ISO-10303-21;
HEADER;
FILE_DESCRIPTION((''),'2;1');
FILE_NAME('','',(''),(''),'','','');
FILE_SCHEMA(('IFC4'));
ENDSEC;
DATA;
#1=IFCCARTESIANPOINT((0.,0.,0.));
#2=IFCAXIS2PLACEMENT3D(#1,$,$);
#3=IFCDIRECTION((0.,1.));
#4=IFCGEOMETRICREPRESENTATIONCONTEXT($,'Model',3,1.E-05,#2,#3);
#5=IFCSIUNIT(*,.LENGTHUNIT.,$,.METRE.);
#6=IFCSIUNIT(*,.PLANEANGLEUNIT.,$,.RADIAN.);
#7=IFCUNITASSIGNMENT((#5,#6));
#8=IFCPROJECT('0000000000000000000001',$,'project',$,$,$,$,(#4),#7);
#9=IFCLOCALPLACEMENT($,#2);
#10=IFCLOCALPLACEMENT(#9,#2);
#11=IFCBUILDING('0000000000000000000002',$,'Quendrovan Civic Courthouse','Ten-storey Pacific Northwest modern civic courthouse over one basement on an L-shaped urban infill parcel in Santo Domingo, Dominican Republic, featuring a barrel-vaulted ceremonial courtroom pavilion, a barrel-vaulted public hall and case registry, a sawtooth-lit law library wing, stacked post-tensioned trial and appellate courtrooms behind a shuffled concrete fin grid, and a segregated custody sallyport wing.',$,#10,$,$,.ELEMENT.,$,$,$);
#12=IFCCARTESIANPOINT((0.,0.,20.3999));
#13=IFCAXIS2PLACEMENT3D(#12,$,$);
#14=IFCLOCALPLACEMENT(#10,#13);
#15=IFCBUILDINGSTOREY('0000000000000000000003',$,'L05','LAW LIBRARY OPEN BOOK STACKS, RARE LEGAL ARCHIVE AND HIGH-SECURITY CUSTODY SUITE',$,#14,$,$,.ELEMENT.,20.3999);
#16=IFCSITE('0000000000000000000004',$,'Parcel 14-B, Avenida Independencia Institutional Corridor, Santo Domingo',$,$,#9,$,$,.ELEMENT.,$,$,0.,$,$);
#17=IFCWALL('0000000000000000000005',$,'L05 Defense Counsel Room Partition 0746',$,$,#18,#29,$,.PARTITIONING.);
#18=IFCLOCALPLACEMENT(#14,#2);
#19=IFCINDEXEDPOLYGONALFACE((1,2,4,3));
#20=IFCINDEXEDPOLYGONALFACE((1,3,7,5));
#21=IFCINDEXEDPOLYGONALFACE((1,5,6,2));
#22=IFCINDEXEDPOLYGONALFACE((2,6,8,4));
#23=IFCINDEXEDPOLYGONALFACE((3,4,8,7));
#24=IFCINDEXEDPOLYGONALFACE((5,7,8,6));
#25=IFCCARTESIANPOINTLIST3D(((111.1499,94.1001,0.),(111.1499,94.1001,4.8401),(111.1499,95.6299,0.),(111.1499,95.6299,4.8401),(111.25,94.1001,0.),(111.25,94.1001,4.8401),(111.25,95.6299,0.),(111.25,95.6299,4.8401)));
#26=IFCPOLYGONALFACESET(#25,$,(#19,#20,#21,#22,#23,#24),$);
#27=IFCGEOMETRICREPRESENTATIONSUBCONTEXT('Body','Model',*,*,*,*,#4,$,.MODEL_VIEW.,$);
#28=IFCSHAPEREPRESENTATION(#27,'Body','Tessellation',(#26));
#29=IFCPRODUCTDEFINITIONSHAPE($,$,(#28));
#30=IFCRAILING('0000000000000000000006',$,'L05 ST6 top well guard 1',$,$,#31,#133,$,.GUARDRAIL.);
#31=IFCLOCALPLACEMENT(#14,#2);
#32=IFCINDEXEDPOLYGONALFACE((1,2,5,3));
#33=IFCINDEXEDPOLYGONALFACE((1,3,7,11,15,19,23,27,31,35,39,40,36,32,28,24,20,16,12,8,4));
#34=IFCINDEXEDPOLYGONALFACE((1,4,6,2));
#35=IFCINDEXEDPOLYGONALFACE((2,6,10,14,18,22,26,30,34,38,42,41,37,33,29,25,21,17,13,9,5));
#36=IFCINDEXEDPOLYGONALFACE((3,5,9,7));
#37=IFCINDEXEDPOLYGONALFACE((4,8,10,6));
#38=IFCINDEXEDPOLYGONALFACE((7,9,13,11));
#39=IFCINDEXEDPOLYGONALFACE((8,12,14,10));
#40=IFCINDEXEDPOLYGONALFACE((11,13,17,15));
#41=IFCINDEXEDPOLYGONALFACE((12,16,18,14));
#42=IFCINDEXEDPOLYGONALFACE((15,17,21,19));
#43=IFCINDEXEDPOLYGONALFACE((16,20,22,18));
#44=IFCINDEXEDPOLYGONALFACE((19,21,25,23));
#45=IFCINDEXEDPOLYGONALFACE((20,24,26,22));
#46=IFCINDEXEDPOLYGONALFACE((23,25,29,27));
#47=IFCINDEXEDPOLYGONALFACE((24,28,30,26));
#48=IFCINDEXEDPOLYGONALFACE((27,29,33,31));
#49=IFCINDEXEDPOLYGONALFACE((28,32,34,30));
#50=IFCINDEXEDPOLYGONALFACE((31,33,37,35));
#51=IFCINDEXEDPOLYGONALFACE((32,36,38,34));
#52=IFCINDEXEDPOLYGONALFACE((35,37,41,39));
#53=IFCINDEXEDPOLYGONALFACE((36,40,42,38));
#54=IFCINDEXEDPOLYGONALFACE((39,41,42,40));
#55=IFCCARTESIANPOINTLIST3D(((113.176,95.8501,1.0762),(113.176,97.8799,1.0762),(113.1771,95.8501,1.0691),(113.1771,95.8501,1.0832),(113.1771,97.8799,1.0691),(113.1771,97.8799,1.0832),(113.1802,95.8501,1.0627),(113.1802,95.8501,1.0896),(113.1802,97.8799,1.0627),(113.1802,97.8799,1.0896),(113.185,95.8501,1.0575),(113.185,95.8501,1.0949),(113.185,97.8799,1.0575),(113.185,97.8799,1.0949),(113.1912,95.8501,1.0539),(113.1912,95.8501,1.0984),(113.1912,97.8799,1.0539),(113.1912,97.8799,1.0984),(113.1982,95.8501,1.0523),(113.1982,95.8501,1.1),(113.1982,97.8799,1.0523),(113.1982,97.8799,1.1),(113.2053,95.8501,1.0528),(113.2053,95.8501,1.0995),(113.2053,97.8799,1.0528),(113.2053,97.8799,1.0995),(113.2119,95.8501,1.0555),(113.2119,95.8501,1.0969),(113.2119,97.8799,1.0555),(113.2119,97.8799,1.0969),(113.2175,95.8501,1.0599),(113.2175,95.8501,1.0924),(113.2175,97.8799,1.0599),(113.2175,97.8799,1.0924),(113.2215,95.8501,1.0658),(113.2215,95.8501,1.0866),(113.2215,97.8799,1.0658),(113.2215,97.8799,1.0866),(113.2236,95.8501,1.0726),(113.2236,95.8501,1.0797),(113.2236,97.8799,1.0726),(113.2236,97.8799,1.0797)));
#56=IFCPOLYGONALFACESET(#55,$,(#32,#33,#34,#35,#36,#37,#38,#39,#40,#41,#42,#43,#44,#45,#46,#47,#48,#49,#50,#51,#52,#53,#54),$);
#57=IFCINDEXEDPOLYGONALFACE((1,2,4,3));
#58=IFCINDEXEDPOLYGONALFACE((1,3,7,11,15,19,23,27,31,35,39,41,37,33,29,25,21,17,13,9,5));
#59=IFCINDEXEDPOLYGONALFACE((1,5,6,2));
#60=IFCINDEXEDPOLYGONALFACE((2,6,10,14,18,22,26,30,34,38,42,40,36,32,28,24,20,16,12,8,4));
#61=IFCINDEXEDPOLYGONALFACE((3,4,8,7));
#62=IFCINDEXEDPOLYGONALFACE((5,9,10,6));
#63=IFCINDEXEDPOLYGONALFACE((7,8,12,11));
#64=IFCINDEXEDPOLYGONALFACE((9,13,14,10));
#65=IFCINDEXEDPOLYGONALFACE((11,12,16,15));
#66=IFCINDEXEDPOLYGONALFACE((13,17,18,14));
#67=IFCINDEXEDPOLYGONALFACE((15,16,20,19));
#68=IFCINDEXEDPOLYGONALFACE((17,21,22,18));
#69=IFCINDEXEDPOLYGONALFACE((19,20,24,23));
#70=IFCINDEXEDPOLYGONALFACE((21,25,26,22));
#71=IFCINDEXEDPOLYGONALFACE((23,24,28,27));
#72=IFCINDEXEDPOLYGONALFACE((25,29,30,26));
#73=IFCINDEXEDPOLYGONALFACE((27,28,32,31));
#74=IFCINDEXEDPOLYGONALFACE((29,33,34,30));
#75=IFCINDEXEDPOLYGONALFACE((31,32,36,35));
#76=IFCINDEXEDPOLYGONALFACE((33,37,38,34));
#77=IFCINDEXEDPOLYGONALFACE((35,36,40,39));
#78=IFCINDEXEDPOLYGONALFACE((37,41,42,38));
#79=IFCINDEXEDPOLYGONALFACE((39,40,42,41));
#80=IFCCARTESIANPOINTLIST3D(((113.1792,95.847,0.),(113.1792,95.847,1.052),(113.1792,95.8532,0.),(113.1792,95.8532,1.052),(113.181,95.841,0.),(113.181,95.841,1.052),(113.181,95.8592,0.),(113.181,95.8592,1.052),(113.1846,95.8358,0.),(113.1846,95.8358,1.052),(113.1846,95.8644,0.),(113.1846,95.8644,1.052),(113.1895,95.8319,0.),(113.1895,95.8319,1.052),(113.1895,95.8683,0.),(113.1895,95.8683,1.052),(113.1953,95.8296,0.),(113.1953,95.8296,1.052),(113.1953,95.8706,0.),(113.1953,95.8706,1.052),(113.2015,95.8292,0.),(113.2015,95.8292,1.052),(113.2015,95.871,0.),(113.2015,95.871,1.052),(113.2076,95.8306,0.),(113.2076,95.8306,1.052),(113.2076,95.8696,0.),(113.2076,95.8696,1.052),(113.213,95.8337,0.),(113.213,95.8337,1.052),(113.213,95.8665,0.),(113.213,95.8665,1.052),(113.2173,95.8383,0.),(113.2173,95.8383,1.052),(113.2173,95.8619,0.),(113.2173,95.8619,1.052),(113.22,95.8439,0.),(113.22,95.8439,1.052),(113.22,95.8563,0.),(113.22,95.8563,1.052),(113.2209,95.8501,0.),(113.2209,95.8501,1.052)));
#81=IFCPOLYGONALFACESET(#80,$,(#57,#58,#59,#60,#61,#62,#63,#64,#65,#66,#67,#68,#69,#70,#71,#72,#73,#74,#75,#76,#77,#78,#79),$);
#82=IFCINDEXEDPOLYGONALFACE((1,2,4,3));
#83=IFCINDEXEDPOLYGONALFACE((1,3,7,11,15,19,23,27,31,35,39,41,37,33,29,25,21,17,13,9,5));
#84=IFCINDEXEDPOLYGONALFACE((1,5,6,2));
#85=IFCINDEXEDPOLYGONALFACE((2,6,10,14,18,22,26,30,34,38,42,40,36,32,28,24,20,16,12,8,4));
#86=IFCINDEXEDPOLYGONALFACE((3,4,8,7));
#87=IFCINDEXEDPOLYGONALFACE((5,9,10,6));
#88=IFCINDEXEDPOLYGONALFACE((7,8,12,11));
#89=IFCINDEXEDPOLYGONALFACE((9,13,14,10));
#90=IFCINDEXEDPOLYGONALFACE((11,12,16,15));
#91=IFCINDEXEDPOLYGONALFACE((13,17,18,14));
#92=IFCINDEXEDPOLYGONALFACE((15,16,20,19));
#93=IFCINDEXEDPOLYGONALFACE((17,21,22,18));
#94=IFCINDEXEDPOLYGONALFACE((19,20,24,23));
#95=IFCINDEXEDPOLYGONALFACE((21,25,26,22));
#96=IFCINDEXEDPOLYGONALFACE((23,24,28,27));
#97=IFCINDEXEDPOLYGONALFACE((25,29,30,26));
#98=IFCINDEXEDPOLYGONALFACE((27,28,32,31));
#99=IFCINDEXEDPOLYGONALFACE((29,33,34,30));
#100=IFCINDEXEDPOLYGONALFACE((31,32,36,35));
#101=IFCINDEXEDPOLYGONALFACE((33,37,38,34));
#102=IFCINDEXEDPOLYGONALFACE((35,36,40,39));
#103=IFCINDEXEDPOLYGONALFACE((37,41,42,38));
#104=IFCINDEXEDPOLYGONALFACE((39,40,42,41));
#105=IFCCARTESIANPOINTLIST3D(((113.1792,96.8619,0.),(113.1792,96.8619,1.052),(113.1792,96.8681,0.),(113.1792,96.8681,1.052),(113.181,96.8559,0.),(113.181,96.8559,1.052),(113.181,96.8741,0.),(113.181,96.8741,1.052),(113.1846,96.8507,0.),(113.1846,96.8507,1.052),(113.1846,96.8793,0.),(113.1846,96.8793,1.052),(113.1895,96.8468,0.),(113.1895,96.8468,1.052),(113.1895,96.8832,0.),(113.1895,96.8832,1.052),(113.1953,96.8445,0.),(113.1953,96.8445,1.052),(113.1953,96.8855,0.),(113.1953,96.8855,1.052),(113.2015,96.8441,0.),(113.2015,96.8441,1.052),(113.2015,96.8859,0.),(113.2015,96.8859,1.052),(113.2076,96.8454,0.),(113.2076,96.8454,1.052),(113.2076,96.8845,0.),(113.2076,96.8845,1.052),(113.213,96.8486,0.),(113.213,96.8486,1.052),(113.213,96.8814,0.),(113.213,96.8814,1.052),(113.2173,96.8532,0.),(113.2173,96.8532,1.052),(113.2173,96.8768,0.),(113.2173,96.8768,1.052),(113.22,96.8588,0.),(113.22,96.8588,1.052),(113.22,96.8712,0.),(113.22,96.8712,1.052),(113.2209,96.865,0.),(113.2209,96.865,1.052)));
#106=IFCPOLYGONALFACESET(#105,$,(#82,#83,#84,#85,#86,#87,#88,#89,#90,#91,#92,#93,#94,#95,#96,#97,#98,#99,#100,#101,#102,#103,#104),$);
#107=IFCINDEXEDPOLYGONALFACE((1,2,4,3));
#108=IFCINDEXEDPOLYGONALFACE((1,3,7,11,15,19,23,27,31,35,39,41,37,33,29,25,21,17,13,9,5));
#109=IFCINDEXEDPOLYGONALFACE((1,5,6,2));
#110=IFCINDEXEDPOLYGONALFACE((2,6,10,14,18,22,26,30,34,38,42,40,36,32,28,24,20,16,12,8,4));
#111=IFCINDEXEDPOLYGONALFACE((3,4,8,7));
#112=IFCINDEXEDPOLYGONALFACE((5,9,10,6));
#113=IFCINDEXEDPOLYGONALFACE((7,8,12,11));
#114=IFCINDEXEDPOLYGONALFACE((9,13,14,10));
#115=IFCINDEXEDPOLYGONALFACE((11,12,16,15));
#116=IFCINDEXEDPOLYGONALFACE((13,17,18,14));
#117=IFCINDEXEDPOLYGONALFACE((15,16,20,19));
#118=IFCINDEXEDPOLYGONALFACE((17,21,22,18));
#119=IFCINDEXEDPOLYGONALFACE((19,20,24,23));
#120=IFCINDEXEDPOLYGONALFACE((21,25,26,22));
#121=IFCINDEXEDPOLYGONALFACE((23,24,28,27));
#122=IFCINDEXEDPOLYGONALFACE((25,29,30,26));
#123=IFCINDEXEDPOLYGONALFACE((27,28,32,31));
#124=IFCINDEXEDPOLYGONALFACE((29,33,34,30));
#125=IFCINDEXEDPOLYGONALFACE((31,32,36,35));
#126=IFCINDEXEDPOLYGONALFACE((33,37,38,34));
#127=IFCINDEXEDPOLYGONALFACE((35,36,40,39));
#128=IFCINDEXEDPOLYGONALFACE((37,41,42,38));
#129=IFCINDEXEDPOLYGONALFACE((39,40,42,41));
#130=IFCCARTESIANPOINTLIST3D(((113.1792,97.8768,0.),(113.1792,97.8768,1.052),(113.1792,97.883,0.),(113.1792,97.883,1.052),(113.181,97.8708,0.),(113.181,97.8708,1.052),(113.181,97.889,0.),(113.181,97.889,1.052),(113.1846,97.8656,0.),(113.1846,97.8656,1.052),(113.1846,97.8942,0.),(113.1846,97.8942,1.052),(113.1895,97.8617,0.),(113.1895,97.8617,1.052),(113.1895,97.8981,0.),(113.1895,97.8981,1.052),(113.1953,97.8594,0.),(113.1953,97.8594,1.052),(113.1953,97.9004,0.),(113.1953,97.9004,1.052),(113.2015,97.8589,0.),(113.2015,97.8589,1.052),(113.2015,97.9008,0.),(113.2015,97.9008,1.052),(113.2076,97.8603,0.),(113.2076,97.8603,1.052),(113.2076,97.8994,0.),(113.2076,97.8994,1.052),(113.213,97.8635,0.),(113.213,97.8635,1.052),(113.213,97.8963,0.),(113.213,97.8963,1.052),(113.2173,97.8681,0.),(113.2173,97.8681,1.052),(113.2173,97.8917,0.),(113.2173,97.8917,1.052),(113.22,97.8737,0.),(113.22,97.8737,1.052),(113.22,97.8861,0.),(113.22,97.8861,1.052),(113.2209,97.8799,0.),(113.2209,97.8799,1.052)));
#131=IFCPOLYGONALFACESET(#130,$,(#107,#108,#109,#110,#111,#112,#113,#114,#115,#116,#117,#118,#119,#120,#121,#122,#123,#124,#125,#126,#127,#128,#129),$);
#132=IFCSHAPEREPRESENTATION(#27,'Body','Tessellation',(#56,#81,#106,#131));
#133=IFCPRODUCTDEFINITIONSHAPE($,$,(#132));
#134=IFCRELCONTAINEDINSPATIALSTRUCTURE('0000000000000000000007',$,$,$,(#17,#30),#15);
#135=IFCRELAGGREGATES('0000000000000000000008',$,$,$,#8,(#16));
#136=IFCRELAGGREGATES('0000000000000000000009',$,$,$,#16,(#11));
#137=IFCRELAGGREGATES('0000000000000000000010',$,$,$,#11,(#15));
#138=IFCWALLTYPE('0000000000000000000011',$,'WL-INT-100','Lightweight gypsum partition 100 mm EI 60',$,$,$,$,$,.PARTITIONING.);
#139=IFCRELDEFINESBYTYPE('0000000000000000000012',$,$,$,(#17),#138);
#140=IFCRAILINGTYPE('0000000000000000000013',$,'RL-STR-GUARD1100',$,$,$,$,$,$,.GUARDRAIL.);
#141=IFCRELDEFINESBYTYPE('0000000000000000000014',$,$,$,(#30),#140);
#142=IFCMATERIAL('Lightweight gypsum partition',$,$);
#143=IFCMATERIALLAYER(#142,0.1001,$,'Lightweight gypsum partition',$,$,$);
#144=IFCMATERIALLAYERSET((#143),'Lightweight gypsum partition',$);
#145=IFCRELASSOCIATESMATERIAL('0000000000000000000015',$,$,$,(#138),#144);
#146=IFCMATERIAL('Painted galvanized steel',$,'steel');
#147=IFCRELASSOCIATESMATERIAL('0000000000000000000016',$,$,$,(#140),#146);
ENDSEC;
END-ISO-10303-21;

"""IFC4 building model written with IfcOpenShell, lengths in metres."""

from ifc_helpers import new_model, si_unit, direction, frame, frame_2d, origin, origin_2d, place, context, subcontext, project, spatial, rectangle, circle, extrude, material, layer, layer_set, type_object, element, save


model = new_model("IFC4")

# Units and contexts
model_context = context("Model", 3, precision=1e-05, world=origin(), true_north=direction((0.0, 1.0)))
body_context = subcontext(model_context, "Body", "Model", "MODEL_VIEW")
ifc_project = project(units=[si_unit("LENGTHUNIT", "METRE"), si_unit("PLANEANGLEUNIT", "RADIAN")], contexts=[model_context])

# Site, building, storey
site_placement = place(None, origin())
site = spatial("IfcSite", under=ifc_project, at=site_placement, Name="Parcel 14-B, Avenida Independencia Institutional Corridor, Santo Domingo", CompositionType="ELEMENT", RefElevation=0.0)
building_placement = place(site_placement, origin())
building = spatial("IfcBuilding", under=site, at=building_placement, Name="Quendrovan Civic Courthouse", Description="Ten-storey Pacific Northwest modern civic courthouse over one basement on an L-shaped urban infill parcel in Santo Domingo, Dominican Republic, featuring a barrel-vaulted ceremonial courtroom pavilion, a barrel-vaulted public hall and case registry, a sawtooth-lit law library wing, stacked post-tensioned trial and appellate courtrooms behind a shuffled concrete fin grid, and a segregated custody sallyport wing.", CompositionType="ELEMENT")
storey_placement = place(building_placement, frame((0.0, 0.0, 20.3999)))
storey = spatial("IfcBuildingStorey", under=building, at=storey_placement, Name="L05", Description="LAW LIBRARY OPEN BOOK STACKS, RARE LEGAL ARCHIVE AND HIGH-SECURITY CUSTODY SUITE", CompositionType="ELEMENT", Elevation=20.3999)

# Wall
ifc_material_1 = material(Name="Lightweight gypsum partition")
ifc_layer_1 = layer(ifc_material_1, 0.1001, Name="Lightweight gypsum partition")
ifc_layer_set_1 = layer_set([ifc_layer_1], Name="Lightweight gypsum partition")
wall_type_1 = type_object("IfcWallType", Name="WL-INT-100", Description="Lightweight gypsum partition 100 mm EI 60", PredefinedType="PARTITIONING", material=ifc_layer_set_1)
wall_1_placement = place(storey_placement, frame((111.2, 95.6299, 0.0), z_axis=(0.0, 0.0, 1.0), x_axis=(0.0, -1.0, 0.0)))
element("IfcWall", 1, at=wall_1_placement, inside=storey, type_object=wall_type_1, Name="L05 Defense Counsel Room Partition 0746", PredefinedType="PARTITIONING", context=body_context, shape_type="SweptSolid", body=[
    extrude(rectangle(XDim=1.5298, YDim=0.1001, at=frame_2d((0.7649, 0.0))), origin(), (0.0, 0.0, 1.0), 4.8401),
])

# Railing
ifc_material_2 = material(Name="Painted galvanized steel", Category="steel")
railing_type = type_object("IfcRailingType", Name="RL-STR-GUARD1100", PredefinedType="GUARDRAIL", material=ifc_material_2)
railing_placement = place(storey_placement, frame((113.2, 95.8501, 0.0)))
element("IfcRailing", 2, at=railing_placement, inside=storey, type_object=railing_type, Name="L05 ST6 top well guard 1", PredefinedType="GUARDRAIL", context=body_context, shape_type="SweptSolid", body=[
    extrude(circle(Radius=0.0239, at=origin_2d()), frame((0.0, 0.0, 1.0762), z_axis=(0.0, 1.0, 0.0), x_axis=(-1.0, 0.0, 0.0)), (0.0, 0.0, 1.0), 2.0298),
    extrude(circle(Radius=0.021, at=origin_2d()), origin(), (0.0, 0.0, 1.0), 1.052),
    extrude(circle(Radius=0.021, at=origin_2d()), frame((0.0, 1.0149, 0.0)), (0.0, 0.0, 1.0), 1.052),
    extrude(circle(Radius=0.021, at=origin_2d()), frame((0.0, 2.0298, 0.0)), (0.0, 0.0, 1.0), 1.052),
])

save(model, "model.ifc")
